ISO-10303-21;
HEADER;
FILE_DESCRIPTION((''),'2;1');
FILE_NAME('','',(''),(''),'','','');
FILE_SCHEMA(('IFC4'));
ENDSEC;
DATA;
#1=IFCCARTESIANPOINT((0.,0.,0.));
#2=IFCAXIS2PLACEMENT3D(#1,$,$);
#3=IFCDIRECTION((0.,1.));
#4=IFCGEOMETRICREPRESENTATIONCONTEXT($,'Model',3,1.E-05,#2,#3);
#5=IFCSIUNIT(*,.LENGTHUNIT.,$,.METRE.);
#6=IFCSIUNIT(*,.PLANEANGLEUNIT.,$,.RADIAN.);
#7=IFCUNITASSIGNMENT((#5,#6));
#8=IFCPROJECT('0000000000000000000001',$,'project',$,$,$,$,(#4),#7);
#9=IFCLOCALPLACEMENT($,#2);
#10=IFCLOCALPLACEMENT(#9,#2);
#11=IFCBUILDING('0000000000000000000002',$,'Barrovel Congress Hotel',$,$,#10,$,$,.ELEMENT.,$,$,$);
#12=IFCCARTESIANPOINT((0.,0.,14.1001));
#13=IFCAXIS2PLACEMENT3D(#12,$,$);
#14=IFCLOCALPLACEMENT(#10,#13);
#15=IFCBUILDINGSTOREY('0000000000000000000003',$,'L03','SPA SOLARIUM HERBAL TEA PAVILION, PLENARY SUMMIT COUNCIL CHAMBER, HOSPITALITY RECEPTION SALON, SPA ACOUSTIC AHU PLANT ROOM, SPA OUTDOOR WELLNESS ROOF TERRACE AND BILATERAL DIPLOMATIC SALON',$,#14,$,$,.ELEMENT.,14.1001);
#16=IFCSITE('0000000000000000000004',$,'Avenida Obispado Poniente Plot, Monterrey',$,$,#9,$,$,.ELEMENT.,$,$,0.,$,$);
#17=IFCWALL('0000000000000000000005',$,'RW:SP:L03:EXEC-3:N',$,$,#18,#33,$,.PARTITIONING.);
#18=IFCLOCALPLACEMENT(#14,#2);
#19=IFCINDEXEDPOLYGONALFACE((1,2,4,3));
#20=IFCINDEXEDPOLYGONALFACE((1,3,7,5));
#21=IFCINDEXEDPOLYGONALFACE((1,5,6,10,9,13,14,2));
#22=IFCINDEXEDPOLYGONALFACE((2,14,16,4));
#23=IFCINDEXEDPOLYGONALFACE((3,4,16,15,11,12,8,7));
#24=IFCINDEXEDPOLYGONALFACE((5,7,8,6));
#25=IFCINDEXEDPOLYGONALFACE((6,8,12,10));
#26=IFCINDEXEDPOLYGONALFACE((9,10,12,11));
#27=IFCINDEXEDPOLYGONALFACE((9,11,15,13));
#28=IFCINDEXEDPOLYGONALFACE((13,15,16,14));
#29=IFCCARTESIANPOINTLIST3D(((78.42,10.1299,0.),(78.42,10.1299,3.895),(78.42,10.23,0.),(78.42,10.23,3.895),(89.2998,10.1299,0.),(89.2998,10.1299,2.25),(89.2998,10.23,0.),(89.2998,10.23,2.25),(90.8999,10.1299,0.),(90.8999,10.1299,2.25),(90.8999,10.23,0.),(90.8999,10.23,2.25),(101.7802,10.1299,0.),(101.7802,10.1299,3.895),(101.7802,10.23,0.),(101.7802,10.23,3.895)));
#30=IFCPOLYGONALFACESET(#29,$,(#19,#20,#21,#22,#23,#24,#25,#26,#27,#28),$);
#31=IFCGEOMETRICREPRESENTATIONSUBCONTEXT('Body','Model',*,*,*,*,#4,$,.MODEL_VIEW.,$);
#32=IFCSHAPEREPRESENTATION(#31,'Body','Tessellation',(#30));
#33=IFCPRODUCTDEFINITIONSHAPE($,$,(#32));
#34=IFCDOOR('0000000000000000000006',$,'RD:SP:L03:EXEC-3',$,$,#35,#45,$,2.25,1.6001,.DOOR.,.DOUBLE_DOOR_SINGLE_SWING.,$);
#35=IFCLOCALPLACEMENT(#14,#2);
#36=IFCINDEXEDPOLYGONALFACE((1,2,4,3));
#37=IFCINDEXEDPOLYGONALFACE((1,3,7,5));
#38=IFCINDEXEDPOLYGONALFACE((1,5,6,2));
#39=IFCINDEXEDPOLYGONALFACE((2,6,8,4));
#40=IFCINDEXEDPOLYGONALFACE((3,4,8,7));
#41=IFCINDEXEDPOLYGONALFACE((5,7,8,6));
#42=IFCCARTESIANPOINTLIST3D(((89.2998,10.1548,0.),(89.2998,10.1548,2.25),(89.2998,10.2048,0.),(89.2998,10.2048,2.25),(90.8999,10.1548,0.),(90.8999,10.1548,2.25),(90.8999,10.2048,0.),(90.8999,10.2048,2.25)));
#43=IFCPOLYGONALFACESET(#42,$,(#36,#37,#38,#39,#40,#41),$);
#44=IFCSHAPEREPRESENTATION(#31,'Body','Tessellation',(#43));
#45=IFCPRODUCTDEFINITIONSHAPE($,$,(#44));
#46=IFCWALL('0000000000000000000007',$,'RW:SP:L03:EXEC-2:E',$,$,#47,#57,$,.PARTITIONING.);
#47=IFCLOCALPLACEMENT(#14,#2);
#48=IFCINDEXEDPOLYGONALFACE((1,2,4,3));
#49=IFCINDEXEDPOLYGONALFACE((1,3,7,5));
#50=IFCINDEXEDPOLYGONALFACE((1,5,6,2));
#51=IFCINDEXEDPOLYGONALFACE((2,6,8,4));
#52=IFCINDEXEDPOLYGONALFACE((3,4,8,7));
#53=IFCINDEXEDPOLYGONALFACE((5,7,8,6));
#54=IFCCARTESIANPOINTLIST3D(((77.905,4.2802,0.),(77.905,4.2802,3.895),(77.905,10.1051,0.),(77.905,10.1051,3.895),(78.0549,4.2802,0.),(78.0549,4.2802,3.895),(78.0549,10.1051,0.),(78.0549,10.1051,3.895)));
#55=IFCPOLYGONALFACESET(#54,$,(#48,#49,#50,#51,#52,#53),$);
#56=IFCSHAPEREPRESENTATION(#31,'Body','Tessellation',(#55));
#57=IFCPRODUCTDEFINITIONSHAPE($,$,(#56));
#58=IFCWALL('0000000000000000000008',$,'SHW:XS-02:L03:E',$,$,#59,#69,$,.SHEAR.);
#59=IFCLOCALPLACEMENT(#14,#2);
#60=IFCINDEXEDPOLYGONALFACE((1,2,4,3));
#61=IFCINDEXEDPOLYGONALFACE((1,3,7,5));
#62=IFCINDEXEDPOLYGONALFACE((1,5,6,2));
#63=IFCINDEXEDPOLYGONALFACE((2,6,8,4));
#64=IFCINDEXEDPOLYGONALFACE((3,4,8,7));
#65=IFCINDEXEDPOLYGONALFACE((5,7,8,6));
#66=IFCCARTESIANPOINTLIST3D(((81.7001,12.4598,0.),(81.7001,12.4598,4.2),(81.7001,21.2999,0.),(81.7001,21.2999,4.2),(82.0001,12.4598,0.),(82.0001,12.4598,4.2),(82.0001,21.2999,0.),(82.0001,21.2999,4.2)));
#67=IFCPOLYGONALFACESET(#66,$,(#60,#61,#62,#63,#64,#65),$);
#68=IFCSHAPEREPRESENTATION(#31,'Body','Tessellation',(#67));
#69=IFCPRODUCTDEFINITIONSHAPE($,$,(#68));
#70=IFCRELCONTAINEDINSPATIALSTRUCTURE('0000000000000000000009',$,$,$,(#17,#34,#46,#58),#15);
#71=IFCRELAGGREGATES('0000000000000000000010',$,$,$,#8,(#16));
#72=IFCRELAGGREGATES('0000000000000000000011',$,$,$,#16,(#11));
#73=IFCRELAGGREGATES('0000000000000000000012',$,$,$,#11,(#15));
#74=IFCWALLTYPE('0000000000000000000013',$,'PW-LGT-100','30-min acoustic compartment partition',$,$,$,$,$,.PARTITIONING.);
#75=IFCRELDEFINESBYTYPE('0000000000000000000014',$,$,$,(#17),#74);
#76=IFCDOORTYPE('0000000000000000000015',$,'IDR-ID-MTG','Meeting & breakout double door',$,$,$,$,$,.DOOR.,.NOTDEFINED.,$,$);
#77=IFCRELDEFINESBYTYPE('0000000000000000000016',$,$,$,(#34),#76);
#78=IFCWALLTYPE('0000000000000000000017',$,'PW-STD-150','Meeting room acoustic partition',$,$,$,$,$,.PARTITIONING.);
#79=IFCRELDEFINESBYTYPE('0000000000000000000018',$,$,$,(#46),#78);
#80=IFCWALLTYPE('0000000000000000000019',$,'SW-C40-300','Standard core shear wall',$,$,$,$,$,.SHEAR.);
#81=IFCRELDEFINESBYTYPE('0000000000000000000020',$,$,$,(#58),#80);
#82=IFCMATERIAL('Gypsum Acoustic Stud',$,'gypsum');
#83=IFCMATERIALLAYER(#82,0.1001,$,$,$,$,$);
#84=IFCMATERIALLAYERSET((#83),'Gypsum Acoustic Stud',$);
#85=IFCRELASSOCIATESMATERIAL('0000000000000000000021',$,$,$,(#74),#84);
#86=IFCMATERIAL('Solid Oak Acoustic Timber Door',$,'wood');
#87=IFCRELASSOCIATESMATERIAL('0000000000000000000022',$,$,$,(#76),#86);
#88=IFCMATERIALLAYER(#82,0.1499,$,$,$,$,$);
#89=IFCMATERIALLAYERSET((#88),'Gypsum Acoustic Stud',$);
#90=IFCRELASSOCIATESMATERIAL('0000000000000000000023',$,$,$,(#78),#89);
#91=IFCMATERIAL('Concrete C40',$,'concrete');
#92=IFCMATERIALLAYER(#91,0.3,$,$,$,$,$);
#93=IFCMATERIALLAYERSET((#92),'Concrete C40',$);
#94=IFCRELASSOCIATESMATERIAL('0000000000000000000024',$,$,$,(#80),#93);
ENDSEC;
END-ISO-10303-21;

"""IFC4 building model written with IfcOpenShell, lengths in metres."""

from ifc_helpers import new_model, si_unit, direction, frame, frame_2d, origin, place, context, subcontext, project, spatial, rectangle, extrude, material, layer, layer_set, type_object, element, fill, save


model = new_model("IFC4")

# Units and contexts
model_context = context("Model", 3, precision=1e-05, world=origin(), true_north=direction((0.0, 1.0)))
body_context = subcontext(model_context, "Body", "Model", "MODEL_VIEW")
ifc_project = project(units=[si_unit("LENGTHUNIT", "METRE"), si_unit("PLANEANGLEUNIT", "RADIAN")], contexts=[model_context])

# Site, building, storey
site_placement = place(None, origin())
site = spatial("IfcSite", under=ifc_project, at=site_placement, Name="Avenida Obispado Poniente Plot, Monterrey", CompositionType="ELEMENT", RefElevation=0.0)
building_placement = place(site_placement, origin())
building = spatial("IfcBuilding", under=site, at=building_placement, Name="Barrovel Congress Hotel", CompositionType="ELEMENT")
storey_placement = place(building_placement, frame((0.0, 0.0, 14.1001)))
storey = spatial("IfcBuildingStorey", under=building, at=storey_placement, Name="L03", Description="SPA SOLARIUM HERBAL TEA PAVILION, PLENARY SUMMIT COUNCIL CHAMBER, HOSPITALITY RECEPTION SALON, SPA ACOUSTIC AHU PLANT ROOM, SPA OUTDOOR WELLNESS ROOF TERRACE AND BILATERAL DIPLOMATIC SALON", CompositionType="ELEMENT", Elevation=14.1001)

# Shared definitions
ifc_material_1 = material(Name="Concrete C40", Category="concrete")

# Wall, opening, door
ifc_material_2 = material(Name="Gypsum Acoustic Stud", Category="gypsum")
ifc_layer_1 = layer(ifc_material_2, 0.1001)
ifc_layer_set_1 = layer_set([ifc_layer_1], Name="Gypsum Acoustic Stud")
wall_type_1 = type_object("IfcWallType", Name="PW-LGT-100", Description="30-min acoustic compartment partition", PredefinedType="PARTITIONING", material=ifc_layer_set_1)
wall_1_placement = place(storey_placement, frame((78.4199, 10.1799, 0.0), z_axis=(0.0, 0.0, 1.0), x_axis=(1.0, 0.0, 0.0)))
wall_1 = element("IfcWall", 1, at=wall_1_placement, inside=storey, type_object=wall_type_1, Name="RW:SP:L03:EXEC-3:N", PredefinedType="PARTITIONING", context=body_context, shape_type="SweptSolid", body=[
    extrude(rectangle(XDim=23.3601, YDim=0.1001, at=frame_2d((11.6802, 0.0))), origin(), (0.0, 0.0, 1.0), 3.895),
])
opening_1_placement = place(wall_1_placement, frame((10.8799, 0.0, 0.0)))
opening_1 = element("IfcOpeningElement", 2, at=opening_1_placement, cuts=wall_1, PredefinedType="OPENING", context=body_context, shape_type="SweptSolid", body=[
    extrude(rectangle(XDim=1.6001, YDim=2.25, at=frame_2d((0.8, 1.125))), frame((0.0, 0.0601, 0.0), z_axis=(0.0, -1.0, 0.0), x_axis=(1.0, 0.0, 0.0)), (0.0, 0.0, 1.0), 0.1201),
])
ifc_material_3 = material(Name="Solid Oak Acoustic Timber Door", Category="wood")
door_type_1 = type_object("IfcDoorType", Name="IDR-ID-MTG", Description="Meeting & breakout double door", OperationType="NOTDEFINED", PredefinedType="DOOR", material=ifc_material_3)
door_1_placement = place(opening_1_placement, origin())
door_1 = element("IfcDoor", 3, at=door_1_placement, inside=storey, type_object=door_type_1, Name="RD:SP:L03:EXEC-3", OperationType="DOUBLE_DOOR_SINGLE_SWING", OverallHeight=2.25, OverallWidth=1.6001, PredefinedType="DOOR", context=body_context, shape_type="SweptSolid", body=[
    extrude(rectangle(XDim=1.6001, YDim=2.25, at=frame_2d((0.8, 1.125))), frame((0.0, 0.0249, 0.0), z_axis=(0.0, -1.0, 0.0), x_axis=(1.0, 0.0, 0.0)), (0.0, 0.0, 1.0), 0.05),
])
fill(opening_1, door_1)

# Walls
ifc_layer_2 = layer(ifc_material_2, 0.1499)
ifc_layer_set_2 = layer_set([ifc_layer_2], Name="Gypsum Acoustic Stud")
wall_type_2 = type_object("IfcWallType", Name="PW-STD-150", Description="Meeting room acoustic partition", PredefinedType="PARTITIONING", material=ifc_layer_set_2)
wall_2_placement = place(storey_placement, frame((77.98, 4.28, 0.0), z_axis=(0.0, 0.0, 1.0), x_axis=(0.0, 1.0, 0.0)))
element("IfcWall", 4, at=wall_2_placement, inside=storey, type_object=wall_type_2, Name="RW:SP:L03:EXEC-2:E", PredefinedType="PARTITIONING", context=body_context, shape_type="SweptSolid", body=[
    extrude(rectangle(XDim=5.825, YDim=0.1499, at=frame_2d((2.9126, 0.0))), origin(), (0.0, 0.0, 1.0), 3.895),
])
ifc_layer_3 = layer(ifc_material_1, 0.3)
ifc_layer_set_3 = layer_set([ifc_layer_3], Name="Concrete C40")
wall_type_3 = type_object("IfcWallType", Name="SW-C40-300", Description="Standard core shear wall", PredefinedType="SHEAR", material=ifc_layer_set_3)
wall_3_placement = place(storey_placement, frame((81.8501, 12.46, 0.0), z_axis=(0.0, 0.0, 1.0), x_axis=(0.0, 1.0, 0.0)))
element("IfcWall", 5, at=wall_3_placement, inside=storey, type_object=wall_type_3, Name="SHW:XS-02:L03:E", PredefinedType="SHEAR", context=body_context, shape_type="SweptSolid", body=[
    extrude(rectangle(XDim=8.8401, YDim=0.3, at=frame_2d((4.4199, 0.0))), origin(), (0.0, 0.0, 1.0), 4.2),
])

save(model, "model.ifc")
